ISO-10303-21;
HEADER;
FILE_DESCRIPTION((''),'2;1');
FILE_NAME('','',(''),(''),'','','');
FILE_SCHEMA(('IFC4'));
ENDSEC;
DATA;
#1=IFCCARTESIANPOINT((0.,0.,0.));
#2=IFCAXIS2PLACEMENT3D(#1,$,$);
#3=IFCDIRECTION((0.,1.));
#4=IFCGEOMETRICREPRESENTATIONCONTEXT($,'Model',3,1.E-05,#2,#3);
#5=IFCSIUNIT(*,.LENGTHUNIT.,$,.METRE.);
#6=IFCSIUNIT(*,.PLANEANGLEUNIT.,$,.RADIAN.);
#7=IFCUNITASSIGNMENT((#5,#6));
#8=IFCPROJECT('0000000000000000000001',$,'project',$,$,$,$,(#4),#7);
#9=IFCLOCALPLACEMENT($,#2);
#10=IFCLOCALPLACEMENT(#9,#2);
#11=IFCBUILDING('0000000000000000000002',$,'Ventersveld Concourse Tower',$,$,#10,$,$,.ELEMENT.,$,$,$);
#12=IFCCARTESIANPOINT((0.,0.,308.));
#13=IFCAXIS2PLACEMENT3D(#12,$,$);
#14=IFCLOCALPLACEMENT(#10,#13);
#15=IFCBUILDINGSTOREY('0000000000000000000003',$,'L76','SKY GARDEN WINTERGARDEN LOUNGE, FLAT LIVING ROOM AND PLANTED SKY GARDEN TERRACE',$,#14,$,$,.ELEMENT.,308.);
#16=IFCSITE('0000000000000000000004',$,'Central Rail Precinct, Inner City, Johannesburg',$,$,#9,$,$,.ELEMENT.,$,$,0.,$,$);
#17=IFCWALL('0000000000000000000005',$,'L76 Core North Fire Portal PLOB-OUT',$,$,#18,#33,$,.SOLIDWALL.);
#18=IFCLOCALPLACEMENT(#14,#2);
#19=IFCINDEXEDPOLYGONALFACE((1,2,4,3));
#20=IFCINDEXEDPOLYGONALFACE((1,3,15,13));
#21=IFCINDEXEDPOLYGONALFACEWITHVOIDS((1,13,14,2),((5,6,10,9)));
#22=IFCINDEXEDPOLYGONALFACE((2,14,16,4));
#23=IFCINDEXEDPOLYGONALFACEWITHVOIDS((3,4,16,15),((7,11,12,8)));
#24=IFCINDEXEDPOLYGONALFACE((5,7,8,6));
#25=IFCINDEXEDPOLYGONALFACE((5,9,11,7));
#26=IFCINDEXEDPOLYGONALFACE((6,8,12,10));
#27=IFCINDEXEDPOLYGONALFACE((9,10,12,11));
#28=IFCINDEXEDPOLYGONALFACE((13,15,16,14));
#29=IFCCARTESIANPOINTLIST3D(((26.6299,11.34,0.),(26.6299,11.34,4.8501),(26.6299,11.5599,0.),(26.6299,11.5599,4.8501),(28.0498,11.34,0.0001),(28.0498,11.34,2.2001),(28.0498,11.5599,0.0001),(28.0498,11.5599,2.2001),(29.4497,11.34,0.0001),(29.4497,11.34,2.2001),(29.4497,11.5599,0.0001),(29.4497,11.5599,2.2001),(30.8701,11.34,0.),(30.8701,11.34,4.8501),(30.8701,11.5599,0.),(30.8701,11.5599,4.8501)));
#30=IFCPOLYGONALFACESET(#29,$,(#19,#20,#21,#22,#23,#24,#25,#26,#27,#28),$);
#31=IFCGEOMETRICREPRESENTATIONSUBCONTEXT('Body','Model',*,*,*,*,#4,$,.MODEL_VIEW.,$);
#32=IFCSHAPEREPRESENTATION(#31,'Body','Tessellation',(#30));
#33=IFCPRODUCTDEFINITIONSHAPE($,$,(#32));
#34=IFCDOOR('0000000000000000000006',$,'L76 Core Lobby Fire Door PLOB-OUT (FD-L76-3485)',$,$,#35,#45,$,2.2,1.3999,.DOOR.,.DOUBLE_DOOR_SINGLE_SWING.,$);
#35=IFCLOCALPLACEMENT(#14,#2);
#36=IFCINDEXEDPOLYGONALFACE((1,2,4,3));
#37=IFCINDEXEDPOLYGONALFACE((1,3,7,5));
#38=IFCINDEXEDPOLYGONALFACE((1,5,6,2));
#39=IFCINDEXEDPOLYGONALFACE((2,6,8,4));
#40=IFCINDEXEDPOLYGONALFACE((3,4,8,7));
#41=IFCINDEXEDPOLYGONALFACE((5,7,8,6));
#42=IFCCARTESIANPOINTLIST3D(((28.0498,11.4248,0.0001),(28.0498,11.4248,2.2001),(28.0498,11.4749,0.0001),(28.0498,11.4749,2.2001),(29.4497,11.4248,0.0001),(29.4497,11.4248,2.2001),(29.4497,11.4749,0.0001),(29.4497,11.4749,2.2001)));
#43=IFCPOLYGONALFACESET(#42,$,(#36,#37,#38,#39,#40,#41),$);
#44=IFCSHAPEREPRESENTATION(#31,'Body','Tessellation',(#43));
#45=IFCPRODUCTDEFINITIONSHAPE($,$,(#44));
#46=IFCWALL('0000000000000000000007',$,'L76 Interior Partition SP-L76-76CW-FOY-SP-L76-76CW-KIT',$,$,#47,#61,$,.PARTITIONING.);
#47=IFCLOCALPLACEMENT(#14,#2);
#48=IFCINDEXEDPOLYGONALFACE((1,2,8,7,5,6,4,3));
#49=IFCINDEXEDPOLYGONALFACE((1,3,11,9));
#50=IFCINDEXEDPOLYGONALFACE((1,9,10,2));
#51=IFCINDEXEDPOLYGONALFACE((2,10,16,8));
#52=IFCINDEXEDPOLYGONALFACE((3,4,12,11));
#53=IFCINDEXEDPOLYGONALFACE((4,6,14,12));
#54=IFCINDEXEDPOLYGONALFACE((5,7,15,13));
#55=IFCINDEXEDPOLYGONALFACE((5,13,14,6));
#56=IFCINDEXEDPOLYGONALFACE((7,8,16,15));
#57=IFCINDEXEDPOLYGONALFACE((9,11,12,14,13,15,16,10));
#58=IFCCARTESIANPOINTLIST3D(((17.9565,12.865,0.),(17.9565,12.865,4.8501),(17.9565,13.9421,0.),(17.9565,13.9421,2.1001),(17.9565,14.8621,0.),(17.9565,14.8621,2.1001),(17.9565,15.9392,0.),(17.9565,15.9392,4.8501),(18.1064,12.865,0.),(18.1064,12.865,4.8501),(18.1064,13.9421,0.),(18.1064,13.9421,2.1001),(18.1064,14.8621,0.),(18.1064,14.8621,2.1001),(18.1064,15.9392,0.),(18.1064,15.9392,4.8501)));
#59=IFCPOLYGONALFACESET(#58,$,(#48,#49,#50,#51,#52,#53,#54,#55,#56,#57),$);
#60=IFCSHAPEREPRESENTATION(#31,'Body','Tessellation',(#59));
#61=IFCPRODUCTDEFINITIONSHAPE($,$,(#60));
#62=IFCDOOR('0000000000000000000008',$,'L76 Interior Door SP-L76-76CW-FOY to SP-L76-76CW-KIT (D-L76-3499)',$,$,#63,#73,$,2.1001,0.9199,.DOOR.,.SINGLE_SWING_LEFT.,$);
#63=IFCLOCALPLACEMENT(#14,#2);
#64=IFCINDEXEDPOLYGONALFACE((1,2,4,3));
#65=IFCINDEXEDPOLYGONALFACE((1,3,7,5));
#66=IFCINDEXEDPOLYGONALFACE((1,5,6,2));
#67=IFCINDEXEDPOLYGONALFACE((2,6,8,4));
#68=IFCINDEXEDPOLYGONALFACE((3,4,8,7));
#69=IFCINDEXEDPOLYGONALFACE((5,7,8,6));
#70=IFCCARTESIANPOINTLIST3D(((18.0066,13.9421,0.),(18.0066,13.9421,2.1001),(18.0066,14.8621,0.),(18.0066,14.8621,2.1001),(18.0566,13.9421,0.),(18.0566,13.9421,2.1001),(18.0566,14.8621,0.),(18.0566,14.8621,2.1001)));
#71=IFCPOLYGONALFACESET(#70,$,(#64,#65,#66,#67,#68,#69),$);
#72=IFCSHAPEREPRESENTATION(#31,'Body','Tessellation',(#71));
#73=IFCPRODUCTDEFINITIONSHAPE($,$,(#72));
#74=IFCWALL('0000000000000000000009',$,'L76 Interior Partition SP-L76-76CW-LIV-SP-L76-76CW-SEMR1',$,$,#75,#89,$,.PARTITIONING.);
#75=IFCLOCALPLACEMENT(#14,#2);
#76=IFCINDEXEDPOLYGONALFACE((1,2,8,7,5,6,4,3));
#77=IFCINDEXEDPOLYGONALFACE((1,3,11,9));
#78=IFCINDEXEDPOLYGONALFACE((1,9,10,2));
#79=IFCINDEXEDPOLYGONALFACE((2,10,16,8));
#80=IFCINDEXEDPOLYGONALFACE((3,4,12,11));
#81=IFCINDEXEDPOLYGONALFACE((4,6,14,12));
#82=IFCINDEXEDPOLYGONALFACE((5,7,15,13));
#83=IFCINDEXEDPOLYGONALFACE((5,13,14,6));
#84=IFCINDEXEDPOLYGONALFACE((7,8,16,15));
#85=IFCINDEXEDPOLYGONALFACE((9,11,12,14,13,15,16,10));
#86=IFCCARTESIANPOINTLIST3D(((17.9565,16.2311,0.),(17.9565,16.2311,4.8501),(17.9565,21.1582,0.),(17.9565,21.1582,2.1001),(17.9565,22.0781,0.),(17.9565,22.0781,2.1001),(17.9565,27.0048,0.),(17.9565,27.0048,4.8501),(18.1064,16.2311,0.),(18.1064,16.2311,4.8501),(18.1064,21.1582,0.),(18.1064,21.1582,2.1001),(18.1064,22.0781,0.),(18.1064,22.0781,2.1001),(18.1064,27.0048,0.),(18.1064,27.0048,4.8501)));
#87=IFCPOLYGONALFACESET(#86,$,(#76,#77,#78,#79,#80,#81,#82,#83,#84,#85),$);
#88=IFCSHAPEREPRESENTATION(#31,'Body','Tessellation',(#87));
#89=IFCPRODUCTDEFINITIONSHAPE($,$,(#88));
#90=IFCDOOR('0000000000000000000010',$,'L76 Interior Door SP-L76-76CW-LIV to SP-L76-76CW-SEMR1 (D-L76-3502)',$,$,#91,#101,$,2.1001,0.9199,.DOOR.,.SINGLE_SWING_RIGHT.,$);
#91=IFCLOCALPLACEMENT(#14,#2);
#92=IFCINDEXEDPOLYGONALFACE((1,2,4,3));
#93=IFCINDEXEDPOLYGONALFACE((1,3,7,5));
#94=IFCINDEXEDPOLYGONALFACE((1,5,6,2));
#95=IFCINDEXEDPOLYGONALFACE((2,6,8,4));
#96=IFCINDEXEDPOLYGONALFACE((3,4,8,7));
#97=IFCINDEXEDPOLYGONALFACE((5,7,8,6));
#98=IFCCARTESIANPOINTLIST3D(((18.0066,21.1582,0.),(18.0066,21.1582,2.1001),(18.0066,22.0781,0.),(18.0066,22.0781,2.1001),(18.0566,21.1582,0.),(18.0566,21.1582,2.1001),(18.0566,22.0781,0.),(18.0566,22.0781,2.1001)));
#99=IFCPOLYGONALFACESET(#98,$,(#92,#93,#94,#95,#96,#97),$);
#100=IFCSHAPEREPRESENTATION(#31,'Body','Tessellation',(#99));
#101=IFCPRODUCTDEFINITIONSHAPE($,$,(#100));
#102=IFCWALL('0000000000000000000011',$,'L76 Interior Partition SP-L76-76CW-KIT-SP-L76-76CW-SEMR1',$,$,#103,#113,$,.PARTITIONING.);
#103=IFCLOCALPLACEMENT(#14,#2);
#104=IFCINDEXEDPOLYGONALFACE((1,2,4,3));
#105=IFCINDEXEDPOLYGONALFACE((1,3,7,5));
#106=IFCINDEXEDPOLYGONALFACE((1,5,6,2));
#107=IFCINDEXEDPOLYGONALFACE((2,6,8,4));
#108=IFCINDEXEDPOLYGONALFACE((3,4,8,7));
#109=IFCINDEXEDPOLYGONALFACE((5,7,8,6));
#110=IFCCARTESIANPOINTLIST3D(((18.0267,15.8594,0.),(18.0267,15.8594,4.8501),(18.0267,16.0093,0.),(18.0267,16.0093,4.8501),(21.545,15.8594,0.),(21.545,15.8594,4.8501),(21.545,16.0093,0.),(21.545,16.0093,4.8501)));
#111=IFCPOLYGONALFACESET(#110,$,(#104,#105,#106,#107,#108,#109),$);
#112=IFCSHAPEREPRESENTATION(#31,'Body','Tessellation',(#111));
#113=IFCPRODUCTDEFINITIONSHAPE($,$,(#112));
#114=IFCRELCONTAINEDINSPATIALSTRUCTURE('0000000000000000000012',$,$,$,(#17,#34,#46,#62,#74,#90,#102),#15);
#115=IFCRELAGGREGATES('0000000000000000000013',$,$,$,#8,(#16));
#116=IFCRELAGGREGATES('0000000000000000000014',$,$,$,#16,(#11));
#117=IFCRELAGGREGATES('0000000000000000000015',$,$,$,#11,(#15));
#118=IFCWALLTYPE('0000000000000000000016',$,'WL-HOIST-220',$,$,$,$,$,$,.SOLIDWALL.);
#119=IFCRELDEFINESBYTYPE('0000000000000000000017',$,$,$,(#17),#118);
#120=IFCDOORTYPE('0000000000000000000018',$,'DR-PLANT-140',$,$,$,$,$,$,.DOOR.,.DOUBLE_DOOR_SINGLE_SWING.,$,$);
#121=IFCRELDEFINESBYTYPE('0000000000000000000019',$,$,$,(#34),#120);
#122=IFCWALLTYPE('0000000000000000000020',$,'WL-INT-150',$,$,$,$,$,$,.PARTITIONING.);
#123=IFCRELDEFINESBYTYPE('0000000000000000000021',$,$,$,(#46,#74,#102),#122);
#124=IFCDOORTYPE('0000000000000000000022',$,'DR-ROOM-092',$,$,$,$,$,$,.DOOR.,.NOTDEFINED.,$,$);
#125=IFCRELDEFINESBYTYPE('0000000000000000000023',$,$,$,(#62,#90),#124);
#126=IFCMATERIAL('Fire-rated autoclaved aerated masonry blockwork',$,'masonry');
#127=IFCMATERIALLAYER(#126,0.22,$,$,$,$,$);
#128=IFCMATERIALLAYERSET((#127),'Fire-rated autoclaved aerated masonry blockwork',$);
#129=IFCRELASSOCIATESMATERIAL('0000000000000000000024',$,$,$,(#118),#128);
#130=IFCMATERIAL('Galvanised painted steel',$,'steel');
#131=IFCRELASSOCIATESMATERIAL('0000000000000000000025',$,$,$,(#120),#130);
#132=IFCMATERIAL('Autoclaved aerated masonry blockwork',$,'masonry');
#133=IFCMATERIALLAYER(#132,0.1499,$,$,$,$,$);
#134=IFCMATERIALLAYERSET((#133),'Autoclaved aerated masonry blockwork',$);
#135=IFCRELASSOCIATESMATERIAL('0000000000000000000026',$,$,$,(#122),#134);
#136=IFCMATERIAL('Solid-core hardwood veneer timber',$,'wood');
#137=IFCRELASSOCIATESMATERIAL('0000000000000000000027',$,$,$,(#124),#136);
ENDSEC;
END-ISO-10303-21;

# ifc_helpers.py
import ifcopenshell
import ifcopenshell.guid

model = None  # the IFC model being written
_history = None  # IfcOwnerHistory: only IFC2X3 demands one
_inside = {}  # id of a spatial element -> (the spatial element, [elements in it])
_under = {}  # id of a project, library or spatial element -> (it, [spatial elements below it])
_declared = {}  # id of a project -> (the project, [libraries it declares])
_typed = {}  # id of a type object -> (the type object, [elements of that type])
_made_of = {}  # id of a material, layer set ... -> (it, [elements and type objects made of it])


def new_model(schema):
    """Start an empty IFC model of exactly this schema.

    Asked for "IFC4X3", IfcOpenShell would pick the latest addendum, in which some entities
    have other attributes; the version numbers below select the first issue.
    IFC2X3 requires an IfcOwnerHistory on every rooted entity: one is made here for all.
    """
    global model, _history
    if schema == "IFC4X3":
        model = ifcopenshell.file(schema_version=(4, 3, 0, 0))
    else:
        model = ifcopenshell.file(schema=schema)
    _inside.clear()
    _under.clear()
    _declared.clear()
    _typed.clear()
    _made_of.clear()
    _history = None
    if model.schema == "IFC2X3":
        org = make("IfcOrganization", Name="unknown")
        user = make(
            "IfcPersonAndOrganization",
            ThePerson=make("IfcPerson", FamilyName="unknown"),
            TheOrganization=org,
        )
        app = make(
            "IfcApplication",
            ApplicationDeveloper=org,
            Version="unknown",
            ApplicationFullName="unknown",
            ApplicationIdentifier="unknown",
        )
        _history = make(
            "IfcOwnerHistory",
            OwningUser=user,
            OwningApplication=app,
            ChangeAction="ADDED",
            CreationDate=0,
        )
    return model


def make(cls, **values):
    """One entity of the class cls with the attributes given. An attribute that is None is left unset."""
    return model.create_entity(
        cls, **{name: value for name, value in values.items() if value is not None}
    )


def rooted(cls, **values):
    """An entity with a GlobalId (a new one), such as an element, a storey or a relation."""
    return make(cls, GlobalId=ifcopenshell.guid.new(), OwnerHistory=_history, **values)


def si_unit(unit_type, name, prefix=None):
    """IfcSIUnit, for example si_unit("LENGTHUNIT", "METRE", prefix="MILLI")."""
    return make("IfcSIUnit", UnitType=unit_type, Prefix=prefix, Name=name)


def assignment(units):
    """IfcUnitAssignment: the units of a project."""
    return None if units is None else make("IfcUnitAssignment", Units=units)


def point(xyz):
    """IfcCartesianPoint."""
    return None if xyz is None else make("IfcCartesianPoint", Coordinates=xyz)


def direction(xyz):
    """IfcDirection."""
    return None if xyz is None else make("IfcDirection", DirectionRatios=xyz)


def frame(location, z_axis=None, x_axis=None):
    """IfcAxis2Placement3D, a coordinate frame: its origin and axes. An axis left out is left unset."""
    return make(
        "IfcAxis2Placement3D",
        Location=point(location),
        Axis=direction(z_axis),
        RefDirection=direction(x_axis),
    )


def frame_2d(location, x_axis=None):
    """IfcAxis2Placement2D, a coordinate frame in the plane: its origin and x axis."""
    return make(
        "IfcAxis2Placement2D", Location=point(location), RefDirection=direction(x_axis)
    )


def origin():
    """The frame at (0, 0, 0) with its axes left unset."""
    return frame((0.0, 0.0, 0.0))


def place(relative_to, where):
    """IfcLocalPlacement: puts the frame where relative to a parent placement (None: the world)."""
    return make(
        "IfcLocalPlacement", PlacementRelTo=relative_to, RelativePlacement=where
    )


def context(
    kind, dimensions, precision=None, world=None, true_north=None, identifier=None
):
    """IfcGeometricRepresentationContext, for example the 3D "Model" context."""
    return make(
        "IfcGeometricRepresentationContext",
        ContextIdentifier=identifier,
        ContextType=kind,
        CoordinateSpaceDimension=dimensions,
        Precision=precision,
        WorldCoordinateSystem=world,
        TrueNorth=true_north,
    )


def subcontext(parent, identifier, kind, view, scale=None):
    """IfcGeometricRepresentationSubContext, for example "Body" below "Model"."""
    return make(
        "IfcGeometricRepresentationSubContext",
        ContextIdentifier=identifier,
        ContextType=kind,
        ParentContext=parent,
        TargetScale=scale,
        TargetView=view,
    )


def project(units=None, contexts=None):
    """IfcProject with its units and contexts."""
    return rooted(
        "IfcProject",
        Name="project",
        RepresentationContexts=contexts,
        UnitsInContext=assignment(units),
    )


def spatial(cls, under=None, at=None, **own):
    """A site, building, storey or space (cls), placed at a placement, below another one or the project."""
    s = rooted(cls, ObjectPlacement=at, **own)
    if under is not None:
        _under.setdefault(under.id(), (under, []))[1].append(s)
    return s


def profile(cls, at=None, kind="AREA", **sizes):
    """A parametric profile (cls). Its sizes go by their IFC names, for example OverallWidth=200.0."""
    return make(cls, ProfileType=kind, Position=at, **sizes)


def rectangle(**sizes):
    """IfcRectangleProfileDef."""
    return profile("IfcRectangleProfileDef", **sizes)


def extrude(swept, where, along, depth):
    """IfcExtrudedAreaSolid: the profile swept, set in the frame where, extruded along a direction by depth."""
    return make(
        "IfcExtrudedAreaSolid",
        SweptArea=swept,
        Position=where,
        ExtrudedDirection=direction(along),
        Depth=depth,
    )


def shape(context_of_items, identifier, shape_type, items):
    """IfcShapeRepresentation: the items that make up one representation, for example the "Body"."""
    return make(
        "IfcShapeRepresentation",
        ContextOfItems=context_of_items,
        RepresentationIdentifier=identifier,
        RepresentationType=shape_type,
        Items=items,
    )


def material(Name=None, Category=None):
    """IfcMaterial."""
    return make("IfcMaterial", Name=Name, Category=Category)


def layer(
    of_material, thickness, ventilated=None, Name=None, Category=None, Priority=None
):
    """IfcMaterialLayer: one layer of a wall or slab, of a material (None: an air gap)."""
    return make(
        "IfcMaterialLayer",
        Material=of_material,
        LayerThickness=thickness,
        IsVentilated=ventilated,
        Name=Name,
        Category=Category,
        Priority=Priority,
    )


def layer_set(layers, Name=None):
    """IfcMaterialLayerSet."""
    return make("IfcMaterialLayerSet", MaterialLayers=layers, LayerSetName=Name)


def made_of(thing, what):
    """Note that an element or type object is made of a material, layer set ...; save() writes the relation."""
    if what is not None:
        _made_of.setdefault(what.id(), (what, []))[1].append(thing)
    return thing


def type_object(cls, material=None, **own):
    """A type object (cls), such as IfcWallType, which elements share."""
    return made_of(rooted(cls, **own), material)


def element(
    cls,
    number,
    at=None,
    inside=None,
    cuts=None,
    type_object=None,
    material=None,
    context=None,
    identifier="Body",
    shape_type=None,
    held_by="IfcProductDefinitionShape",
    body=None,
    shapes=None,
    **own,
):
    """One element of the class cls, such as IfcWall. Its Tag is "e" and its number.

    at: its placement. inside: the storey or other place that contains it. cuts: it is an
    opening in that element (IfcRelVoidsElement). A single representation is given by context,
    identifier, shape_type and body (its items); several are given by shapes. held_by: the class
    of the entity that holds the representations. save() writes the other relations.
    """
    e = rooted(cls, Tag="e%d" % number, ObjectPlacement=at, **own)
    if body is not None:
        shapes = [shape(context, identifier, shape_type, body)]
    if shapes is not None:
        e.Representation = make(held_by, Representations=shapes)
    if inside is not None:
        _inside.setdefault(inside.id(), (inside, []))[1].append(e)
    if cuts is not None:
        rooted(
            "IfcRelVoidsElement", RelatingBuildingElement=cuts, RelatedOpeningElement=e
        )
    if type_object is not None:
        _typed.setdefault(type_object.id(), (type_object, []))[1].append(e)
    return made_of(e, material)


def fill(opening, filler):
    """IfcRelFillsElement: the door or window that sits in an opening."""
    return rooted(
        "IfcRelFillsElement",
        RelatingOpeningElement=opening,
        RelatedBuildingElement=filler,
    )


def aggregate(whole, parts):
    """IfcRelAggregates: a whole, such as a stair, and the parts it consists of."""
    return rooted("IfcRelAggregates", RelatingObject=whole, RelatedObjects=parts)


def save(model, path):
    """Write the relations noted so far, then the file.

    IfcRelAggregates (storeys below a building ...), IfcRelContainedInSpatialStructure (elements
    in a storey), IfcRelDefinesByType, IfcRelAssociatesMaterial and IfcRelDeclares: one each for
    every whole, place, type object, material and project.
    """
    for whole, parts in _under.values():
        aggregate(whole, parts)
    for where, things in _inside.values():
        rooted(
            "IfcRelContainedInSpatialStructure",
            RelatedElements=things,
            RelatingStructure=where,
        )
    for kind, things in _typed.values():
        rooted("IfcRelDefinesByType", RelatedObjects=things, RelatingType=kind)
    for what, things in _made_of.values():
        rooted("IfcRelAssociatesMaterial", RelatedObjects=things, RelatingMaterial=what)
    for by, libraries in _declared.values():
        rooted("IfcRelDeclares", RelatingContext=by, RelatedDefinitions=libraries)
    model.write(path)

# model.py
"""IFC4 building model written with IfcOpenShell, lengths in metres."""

from ifc_helpers import new_model, si_unit, direction, frame, frame_2d, origin, place, context, subcontext, project, spatial, rectangle, extrude, material, layer, layer_set, type_object, element, fill, save


model = new_model("IFC4")

# Units and contexts
model_context = context("Model", 3, precision=1e-05, world=origin(), true_north=direction((0.0, 1.0)))
body_context = subcontext(model_context, "Body", "Model", "MODEL_VIEW")
ifc_project = project(units=[si_unit("LENGTHUNIT", "METRE"), si_unit("PLANEANGLEUNIT", "RADIAN")], contexts=[model_context])

# Site, building, storey
site_placement = place(None, origin())
site = spatial("IfcSite", under=ifc_project, at=site_placement, Name="Central Rail Precinct, Inner City, Johannesburg", CompositionType="ELEMENT", RefElevation=0.0)
building_placement = place(site_placement, origin())
building = spatial("IfcBuilding", under=site, at=building_placement, Name="Ventersveld Concourse Tower", CompositionType="ELEMENT")
storey_placement = place(building_placement, frame((0.0, 0.0, 308.0)))
storey = spatial("IfcBuildingStorey", under=building, at=storey_placement, Name="L76", Description="SKY GARDEN WINTERGARDEN LOUNGE, FLAT LIVING ROOM AND PLANTED SKY GARDEN TERRACE", CompositionType="ELEMENT", Elevation=308.0)

# Shared definitions
ifc_material_1 = material(Name="Fire-rated autoclaved aerated masonry blockwork", Category="masonry")
ifc_material_2 = material(Name="Solid-core hardwood veneer timber", Category="wood")

# Walls, openings, doors
ifc_layer_1 = layer(ifc_material_1, 0.22)
ifc_layer_set_1 = layer_set([ifc_layer_1], Name="Fire-rated autoclaved aerated masonry blockwork")
wall_type_1 = type_object("IfcWallType", Name="WL-HOIST-220", PredefinedType="SOLIDWALL", material=ifc_layer_set_1)
wall_1_placement = place(storey_placement, frame((26.6299, 11.45, 0.0), z_axis=(0.0, 0.0, 1.0), x_axis=(1.0, 0.0, 0.0)))
wall_1 = element("IfcWall", 1, at=wall_1_placement, inside=storey, type_object=wall_type_1, Name="L76 Core North Fire Portal PLOB-OUT", PredefinedType="SOLIDWALL", context=body_context, shape_type="SweptSolid", body=[
    extrude(rectangle(XDim=4.2402, YDim=0.22, at=frame_2d((2.1201, 0.0))), origin(), (0.0, 0.0, 1.0), 4.8501),
])
opening_1_placement = place(wall_1_placement, frame((1.4199, 0.0, 0.0)))
opening_1 = element("IfcOpeningElement", 2, at=opening_1_placement, cuts=wall_1, PredefinedType="OPENING", context=body_context, shape_type="SweptSolid", body=[
    extrude(rectangle(XDim=1.3999, YDim=2.2, at=frame_2d((0.7, 1.1001))), frame((0.0, 0.1201, 0.0), z_axis=(0.0, -1.0, 0.0), x_axis=(1.0, 0.0, 0.0)), (0.0, 0.0, 1.0), 0.24),
])
ifc_material_3 = material(Name="Galvanised painted steel", Category="steel")
door_type_1 = type_object("IfcDoorType", Name="DR-PLANT-140", OperationType="DOUBLE_DOOR_SINGLE_SWING", PredefinedType="DOOR", material=ifc_material_3)
door_1_placement = place(opening_1_placement, origin())
door_1 = element("IfcDoor", 3, at=door_1_placement, inside=storey, type_object=door_type_1, Name="L76 Core Lobby Fire Door PLOB-OUT (FD-L76-3485)", OperationType="DOUBLE_DOOR_SINGLE_SWING", OverallHeight=2.2, OverallWidth=1.3999, PredefinedType="DOOR", context=body_context, shape_type="SweptSolid", body=[
    extrude(rectangle(XDim=1.3999, YDim=2.2, at=frame_2d((0.7, 1.1001))), frame((0.0, 0.0249, 0.0), z_axis=(0.0, -1.0, 0.0), x_axis=(1.0, 0.0, 0.0)), (0.0, 0.0, 1.0), 0.05),
])
fill(opening_1, door_1)
ifc_material_4 = material(Name="Autoclaved aerated masonry blockwork", Category="masonry")
ifc_layer_2 = layer(ifc_material_4, 0.1499)
ifc_layer_set_2 = layer_set([ifc_layer_2], Name="Autoclaved aerated masonry blockwork")
wall_type_2 = type_object("IfcWallType", Name="WL-INT-150", PredefinedType="PARTITIONING", material=ifc_layer_set_2)
wall_2_placement = place(storey_placement, frame((18.0315, 12.865, 0.0), z_axis=(0.0, 0.0, 1.0), x_axis=(0.0, 1.0, 0.0)))
wall_2 = element("IfcWall", 4, at=wall_2_placement, inside=storey, type_object=wall_type_2, Name="L76 Interior Partition SP-L76-76CW-FOY-SP-L76-76CW-KIT", PredefinedType="PARTITIONING", context=body_context, shape_type="SweptSolid", body=[
    extrude(rectangle(XDim=3.0742, YDim=0.1499, at=frame_2d((1.5371, 0.0))), origin(), (0.0, 0.0, 1.0), 4.8501),
])
opening_2_placement = place(wall_2_placement, frame((1.0771, 0.0, 0.0)))
opening_2 = element("IfcOpeningElement", 5, at=opening_2_placement, cuts=wall_2, PredefinedType="OPENING", context=body_context, shape_type="SweptSolid", body=[
    extrude(rectangle(XDim=0.9199, YDim=2.1001, at=frame_2d((0.46, 1.05))), frame((0.0, 0.085, 0.0), z_axis=(0.0, -1.0, 0.0), x_axis=(1.0, 0.0, 0.0)), (0.0, 0.0, 1.0), 0.1699),
])
door_type_2 = type_object("IfcDoorType", Name="DR-ROOM-092", OperationType="NOTDEFINED", PredefinedType="DOOR", material=ifc_material_2)
door_2_placement = place(opening_2_placement, origin())
door_2 = element("IfcDoor", 6, at=door_2_placement, inside=storey, type_object=door_type_2, Name="L76 Interior Door SP-L76-76CW-FOY to SP-L76-76CW-KIT (D-L76-3499)", OperationType="SINGLE_SWING_LEFT", OverallHeight=2.1001, OverallWidth=0.9199, PredefinedType="DOOR", context=body_context, shape_type="SweptSolid", body=[
    extrude(rectangle(XDim=0.9199, YDim=2.1001, at=frame_2d((0.46, 1.05))), frame((0.0, 0.0249, 0.0), z_axis=(0.0, -1.0, 0.0), x_axis=(1.0, 0.0, 0.0)), (0.0, 0.0, 1.0), 0.05),
])
fill(opening_2, door_2)
wall_3_placement = place(storey_placement, frame((18.0315, 16.2312, 0.0), z_axis=(0.0, 0.0, 1.0), x_axis=(0.0, 1.0, 0.0)))
wall_3 = element("IfcWall", 7, at=wall_3_placement, inside=storey, type_object=wall_type_2, Name="L76 Interior Partition SP-L76-76CW-LIV-SP-L76-76CW-SEMR1", PredefinedType="PARTITIONING", context=body_context, shape_type="SweptSolid", body=[
    extrude(rectangle(XDim=10.7737, YDim=0.1499, at=frame_2d((5.3867, 0.0))), origin(), (0.0, 0.0, 1.0), 4.8501),
])
opening_3_placement = place(wall_3_placement, frame((4.927, 0.0, 0.0)))
opening_3 = element("IfcOpeningElement", 8, at=opening_3_placement, cuts=wall_3, PredefinedType="OPENING", context=body_context, shape_type="SweptSolid", body=[
    extrude(rectangle(XDim=0.9199, YDim=2.1001, at=frame_2d((0.46, 1.05))), frame((0.0, 0.085, 0.0), z_axis=(0.0, -1.0, 0.0), x_axis=(1.0, 0.0, 0.0)), (0.0, 0.0, 1.0), 0.1699),
])
door_3_placement = place(opening_3_placement, origin())
door_3 = element("IfcDoor", 9, at=door_3_placement, inside=storey, type_object=door_type_2, Name="L76 Interior Door SP-L76-76CW-LIV to SP-L76-76CW-SEMR1 (D-L76-3502)", OperationType="SINGLE_SWING_RIGHT", OverallHeight=2.1001, OverallWidth=0.9199, PredefinedType="DOOR", context=body_context, shape_type="SweptSolid", body=[
    extrude(rectangle(XDim=0.9199, YDim=2.1001, at=frame_2d((0.46, 1.05))), frame((0.0, 0.0249, 0.0), z_axis=(0.0, -1.0, 0.0), x_axis=(1.0, 0.0, 0.0)), (0.0, 0.0, 1.0), 0.05),
])
fill(opening_3, door_3)

# Wall
wall_4_placement = place(storey_placement, frame((18.0266, 15.9343, 0.0), z_axis=(0.0, 0.0, 1.0), x_axis=(1.0, 0.0, 0.0)))
element("IfcWall", 10, at=wall_4_placement, inside=storey, type_object=wall_type_2, Name="L76 Interior Partition SP-L76-76CW-KIT-SP-L76-76CW-SEMR1", PredefinedType="PARTITIONING", context=body_context, shape_type="SweptSolid", body=[
    extrude(rectangle(XDim=3.5183, YDim=0.1499, at=frame_2d((1.7593, 0.0))), origin(), (0.0, 0.0, 1.0), 4.8501),
])

save(model, "model.ifc")
